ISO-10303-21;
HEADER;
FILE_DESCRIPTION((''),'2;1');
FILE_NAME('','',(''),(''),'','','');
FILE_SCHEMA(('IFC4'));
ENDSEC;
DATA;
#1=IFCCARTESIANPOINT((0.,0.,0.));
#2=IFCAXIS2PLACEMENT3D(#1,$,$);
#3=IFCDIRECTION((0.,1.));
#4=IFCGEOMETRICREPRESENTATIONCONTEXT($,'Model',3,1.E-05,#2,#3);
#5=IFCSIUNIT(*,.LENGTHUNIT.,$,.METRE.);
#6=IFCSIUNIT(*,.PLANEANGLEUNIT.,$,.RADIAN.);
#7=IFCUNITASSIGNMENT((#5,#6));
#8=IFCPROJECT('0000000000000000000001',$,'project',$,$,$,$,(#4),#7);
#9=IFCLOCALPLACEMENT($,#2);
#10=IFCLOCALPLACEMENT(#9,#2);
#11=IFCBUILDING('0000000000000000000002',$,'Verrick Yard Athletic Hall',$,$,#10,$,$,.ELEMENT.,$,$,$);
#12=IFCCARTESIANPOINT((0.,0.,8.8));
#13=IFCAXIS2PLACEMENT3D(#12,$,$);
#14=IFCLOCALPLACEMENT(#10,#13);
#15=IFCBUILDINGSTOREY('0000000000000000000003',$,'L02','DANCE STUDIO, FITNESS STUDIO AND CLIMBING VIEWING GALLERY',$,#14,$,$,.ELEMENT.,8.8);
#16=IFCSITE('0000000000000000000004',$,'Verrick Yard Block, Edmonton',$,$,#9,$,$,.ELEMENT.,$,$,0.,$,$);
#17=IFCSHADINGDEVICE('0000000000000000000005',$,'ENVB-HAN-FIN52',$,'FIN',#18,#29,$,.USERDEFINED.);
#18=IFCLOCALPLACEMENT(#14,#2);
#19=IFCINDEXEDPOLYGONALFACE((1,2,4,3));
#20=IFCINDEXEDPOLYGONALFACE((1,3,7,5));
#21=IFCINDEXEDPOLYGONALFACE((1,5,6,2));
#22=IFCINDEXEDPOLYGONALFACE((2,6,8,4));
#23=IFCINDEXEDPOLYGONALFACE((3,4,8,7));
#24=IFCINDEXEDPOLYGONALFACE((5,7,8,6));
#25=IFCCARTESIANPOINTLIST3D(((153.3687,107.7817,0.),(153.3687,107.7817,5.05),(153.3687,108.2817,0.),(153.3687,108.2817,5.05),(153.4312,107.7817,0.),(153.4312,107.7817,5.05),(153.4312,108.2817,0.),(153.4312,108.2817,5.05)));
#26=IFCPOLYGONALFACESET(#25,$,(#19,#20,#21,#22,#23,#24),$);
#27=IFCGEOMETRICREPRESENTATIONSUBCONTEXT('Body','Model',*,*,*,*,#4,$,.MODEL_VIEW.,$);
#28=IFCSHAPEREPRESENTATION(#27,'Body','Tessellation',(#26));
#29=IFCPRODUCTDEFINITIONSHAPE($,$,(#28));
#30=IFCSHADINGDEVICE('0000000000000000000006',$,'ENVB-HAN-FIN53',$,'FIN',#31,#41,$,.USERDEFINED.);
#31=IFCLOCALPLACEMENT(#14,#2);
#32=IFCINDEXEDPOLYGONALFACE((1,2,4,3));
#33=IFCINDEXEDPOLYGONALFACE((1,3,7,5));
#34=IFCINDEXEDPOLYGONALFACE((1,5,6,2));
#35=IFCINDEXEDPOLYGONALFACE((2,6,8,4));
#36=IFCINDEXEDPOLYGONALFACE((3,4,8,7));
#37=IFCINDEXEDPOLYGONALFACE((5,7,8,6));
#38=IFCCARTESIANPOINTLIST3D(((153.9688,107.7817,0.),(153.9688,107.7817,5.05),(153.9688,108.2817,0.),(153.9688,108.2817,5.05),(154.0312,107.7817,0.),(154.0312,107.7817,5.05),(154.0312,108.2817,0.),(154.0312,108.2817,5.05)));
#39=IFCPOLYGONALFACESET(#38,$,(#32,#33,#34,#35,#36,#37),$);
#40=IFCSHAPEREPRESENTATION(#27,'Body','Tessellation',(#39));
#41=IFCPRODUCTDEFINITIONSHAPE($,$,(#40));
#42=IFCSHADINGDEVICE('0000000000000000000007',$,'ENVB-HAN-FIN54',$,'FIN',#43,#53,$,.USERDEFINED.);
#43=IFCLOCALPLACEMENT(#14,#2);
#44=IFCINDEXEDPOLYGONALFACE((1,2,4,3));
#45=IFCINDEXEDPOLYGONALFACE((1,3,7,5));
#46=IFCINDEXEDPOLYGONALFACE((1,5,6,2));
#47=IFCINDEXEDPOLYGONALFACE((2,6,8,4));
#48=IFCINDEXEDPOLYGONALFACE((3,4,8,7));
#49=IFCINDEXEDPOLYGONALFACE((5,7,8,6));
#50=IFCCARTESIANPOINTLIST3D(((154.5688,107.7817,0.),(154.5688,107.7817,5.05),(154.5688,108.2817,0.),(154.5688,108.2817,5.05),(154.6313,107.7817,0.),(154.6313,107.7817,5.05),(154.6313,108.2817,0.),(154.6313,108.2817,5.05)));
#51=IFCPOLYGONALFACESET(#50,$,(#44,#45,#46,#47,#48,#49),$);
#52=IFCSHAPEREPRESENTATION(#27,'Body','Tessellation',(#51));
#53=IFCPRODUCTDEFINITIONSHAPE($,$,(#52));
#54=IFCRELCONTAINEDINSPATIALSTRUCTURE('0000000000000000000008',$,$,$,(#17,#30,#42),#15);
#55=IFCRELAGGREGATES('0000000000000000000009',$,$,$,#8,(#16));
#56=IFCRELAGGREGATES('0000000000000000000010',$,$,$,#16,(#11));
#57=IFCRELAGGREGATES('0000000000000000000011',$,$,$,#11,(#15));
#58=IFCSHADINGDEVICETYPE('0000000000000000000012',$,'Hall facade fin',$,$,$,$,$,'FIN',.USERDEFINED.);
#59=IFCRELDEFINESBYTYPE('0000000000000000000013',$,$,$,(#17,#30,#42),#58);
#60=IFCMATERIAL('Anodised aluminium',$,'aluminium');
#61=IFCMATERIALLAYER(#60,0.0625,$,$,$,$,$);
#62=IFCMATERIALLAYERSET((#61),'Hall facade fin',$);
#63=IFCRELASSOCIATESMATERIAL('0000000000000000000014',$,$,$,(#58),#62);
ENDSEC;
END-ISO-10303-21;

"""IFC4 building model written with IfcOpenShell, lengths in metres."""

from ifc_helpers import new_model, si_unit, direction, frame, origin, place, context, subcontext, project, spatial, polyline, outline, extrude, material, layer, layer_set, type_object, element, save


model = new_model("IFC4")

# Units and contexts
model_context = context("Model", 3, precision=1e-05, world=origin(), true_north=direction((0.0, 1.0)))
body_context = subcontext(model_context, "Body", "Model", "MODEL_VIEW")
ifc_project = project(units=[si_unit("LENGTHUNIT", "METRE"), si_unit("PLANEANGLEUNIT", "RADIAN")], contexts=[model_context])

# Site, building, storey
site_placement = place(None, origin())
site = spatial("IfcSite", under=ifc_project, at=site_placement, Name="Verrick Yard Block, Edmonton", CompositionType="ELEMENT", RefElevation=0.0)
building_placement = place(site_placement, origin())
building = spatial("IfcBuilding", under=site, at=building_placement, Name="Verrick Yard Athletic Hall", CompositionType="ELEMENT")
storey_placement = place(building_placement, frame((0.0, 0.0, 8.8)))
storey = spatial("IfcBuildingStorey", under=building, at=storey_placement, Name="L02", Description="DANCE STUDIO, FITNESS STUDIO AND CLIMBING VIEWING GALLERY", CompositionType="ELEMENT", Elevation=8.8)

# Shared definitions
ifc_material_1 = material(Name="Anodised aluminium", Category="aluminium")

# Shading devices
ifc_layer_1 = layer(ifc_material_1, 0.0625)
ifc_layer_set_1 = layer_set([ifc_layer_1], Name="Hall facade fin")
shading_device_type = type_object("IfcShadingDeviceType", Name="Hall facade fin", ElementType="FIN", PredefinedType="USERDEFINED", material=ifc_layer_set_1)
for number, where, z_axis, x_axis, name in (
    (1, (153.3999, 107.7817, 0.0), (0.0, 0.0, 1.0), (0.0, 1.0, 0.0), "ENVB-HAN-FIN52"),
    (2, (154.0, 107.7817, 0.0), (0.0, 0.0, 1.0), (0.0, 1.0, 0.0), "ENVB-HAN-FIN53"),
    (3, (154.6001, 107.7817, 0.0), (0.0, 0.0, 1.0), (0.0, 1.0, 0.0), "ENVB-HAN-FIN54"),
):
    element("IfcShadingDevice", number, at=place(storey_placement, frame(where, z_axis=z_axis, x_axis=x_axis)), inside=storey, type_object=shading_device_type, Name=name, ObjectType="FIN", PredefinedType="USERDEFINED", context=body_context, shape_type="SweptSolid", body=[
        extrude(outline(polyline([(0.0, 0.0), (0.5, 0.0), (0.5, 5.05), (0.0, 5.05), (0.0, 0.0)])), frame((0.0, 0.0312, 0.0), z_axis=(0.0, -1.0, 0.0), x_axis=(1.0, 0.0, 0.0)), (0.0, 0.0, 1.0), 0.0625),
    ])

save(model, "model.ifc")
